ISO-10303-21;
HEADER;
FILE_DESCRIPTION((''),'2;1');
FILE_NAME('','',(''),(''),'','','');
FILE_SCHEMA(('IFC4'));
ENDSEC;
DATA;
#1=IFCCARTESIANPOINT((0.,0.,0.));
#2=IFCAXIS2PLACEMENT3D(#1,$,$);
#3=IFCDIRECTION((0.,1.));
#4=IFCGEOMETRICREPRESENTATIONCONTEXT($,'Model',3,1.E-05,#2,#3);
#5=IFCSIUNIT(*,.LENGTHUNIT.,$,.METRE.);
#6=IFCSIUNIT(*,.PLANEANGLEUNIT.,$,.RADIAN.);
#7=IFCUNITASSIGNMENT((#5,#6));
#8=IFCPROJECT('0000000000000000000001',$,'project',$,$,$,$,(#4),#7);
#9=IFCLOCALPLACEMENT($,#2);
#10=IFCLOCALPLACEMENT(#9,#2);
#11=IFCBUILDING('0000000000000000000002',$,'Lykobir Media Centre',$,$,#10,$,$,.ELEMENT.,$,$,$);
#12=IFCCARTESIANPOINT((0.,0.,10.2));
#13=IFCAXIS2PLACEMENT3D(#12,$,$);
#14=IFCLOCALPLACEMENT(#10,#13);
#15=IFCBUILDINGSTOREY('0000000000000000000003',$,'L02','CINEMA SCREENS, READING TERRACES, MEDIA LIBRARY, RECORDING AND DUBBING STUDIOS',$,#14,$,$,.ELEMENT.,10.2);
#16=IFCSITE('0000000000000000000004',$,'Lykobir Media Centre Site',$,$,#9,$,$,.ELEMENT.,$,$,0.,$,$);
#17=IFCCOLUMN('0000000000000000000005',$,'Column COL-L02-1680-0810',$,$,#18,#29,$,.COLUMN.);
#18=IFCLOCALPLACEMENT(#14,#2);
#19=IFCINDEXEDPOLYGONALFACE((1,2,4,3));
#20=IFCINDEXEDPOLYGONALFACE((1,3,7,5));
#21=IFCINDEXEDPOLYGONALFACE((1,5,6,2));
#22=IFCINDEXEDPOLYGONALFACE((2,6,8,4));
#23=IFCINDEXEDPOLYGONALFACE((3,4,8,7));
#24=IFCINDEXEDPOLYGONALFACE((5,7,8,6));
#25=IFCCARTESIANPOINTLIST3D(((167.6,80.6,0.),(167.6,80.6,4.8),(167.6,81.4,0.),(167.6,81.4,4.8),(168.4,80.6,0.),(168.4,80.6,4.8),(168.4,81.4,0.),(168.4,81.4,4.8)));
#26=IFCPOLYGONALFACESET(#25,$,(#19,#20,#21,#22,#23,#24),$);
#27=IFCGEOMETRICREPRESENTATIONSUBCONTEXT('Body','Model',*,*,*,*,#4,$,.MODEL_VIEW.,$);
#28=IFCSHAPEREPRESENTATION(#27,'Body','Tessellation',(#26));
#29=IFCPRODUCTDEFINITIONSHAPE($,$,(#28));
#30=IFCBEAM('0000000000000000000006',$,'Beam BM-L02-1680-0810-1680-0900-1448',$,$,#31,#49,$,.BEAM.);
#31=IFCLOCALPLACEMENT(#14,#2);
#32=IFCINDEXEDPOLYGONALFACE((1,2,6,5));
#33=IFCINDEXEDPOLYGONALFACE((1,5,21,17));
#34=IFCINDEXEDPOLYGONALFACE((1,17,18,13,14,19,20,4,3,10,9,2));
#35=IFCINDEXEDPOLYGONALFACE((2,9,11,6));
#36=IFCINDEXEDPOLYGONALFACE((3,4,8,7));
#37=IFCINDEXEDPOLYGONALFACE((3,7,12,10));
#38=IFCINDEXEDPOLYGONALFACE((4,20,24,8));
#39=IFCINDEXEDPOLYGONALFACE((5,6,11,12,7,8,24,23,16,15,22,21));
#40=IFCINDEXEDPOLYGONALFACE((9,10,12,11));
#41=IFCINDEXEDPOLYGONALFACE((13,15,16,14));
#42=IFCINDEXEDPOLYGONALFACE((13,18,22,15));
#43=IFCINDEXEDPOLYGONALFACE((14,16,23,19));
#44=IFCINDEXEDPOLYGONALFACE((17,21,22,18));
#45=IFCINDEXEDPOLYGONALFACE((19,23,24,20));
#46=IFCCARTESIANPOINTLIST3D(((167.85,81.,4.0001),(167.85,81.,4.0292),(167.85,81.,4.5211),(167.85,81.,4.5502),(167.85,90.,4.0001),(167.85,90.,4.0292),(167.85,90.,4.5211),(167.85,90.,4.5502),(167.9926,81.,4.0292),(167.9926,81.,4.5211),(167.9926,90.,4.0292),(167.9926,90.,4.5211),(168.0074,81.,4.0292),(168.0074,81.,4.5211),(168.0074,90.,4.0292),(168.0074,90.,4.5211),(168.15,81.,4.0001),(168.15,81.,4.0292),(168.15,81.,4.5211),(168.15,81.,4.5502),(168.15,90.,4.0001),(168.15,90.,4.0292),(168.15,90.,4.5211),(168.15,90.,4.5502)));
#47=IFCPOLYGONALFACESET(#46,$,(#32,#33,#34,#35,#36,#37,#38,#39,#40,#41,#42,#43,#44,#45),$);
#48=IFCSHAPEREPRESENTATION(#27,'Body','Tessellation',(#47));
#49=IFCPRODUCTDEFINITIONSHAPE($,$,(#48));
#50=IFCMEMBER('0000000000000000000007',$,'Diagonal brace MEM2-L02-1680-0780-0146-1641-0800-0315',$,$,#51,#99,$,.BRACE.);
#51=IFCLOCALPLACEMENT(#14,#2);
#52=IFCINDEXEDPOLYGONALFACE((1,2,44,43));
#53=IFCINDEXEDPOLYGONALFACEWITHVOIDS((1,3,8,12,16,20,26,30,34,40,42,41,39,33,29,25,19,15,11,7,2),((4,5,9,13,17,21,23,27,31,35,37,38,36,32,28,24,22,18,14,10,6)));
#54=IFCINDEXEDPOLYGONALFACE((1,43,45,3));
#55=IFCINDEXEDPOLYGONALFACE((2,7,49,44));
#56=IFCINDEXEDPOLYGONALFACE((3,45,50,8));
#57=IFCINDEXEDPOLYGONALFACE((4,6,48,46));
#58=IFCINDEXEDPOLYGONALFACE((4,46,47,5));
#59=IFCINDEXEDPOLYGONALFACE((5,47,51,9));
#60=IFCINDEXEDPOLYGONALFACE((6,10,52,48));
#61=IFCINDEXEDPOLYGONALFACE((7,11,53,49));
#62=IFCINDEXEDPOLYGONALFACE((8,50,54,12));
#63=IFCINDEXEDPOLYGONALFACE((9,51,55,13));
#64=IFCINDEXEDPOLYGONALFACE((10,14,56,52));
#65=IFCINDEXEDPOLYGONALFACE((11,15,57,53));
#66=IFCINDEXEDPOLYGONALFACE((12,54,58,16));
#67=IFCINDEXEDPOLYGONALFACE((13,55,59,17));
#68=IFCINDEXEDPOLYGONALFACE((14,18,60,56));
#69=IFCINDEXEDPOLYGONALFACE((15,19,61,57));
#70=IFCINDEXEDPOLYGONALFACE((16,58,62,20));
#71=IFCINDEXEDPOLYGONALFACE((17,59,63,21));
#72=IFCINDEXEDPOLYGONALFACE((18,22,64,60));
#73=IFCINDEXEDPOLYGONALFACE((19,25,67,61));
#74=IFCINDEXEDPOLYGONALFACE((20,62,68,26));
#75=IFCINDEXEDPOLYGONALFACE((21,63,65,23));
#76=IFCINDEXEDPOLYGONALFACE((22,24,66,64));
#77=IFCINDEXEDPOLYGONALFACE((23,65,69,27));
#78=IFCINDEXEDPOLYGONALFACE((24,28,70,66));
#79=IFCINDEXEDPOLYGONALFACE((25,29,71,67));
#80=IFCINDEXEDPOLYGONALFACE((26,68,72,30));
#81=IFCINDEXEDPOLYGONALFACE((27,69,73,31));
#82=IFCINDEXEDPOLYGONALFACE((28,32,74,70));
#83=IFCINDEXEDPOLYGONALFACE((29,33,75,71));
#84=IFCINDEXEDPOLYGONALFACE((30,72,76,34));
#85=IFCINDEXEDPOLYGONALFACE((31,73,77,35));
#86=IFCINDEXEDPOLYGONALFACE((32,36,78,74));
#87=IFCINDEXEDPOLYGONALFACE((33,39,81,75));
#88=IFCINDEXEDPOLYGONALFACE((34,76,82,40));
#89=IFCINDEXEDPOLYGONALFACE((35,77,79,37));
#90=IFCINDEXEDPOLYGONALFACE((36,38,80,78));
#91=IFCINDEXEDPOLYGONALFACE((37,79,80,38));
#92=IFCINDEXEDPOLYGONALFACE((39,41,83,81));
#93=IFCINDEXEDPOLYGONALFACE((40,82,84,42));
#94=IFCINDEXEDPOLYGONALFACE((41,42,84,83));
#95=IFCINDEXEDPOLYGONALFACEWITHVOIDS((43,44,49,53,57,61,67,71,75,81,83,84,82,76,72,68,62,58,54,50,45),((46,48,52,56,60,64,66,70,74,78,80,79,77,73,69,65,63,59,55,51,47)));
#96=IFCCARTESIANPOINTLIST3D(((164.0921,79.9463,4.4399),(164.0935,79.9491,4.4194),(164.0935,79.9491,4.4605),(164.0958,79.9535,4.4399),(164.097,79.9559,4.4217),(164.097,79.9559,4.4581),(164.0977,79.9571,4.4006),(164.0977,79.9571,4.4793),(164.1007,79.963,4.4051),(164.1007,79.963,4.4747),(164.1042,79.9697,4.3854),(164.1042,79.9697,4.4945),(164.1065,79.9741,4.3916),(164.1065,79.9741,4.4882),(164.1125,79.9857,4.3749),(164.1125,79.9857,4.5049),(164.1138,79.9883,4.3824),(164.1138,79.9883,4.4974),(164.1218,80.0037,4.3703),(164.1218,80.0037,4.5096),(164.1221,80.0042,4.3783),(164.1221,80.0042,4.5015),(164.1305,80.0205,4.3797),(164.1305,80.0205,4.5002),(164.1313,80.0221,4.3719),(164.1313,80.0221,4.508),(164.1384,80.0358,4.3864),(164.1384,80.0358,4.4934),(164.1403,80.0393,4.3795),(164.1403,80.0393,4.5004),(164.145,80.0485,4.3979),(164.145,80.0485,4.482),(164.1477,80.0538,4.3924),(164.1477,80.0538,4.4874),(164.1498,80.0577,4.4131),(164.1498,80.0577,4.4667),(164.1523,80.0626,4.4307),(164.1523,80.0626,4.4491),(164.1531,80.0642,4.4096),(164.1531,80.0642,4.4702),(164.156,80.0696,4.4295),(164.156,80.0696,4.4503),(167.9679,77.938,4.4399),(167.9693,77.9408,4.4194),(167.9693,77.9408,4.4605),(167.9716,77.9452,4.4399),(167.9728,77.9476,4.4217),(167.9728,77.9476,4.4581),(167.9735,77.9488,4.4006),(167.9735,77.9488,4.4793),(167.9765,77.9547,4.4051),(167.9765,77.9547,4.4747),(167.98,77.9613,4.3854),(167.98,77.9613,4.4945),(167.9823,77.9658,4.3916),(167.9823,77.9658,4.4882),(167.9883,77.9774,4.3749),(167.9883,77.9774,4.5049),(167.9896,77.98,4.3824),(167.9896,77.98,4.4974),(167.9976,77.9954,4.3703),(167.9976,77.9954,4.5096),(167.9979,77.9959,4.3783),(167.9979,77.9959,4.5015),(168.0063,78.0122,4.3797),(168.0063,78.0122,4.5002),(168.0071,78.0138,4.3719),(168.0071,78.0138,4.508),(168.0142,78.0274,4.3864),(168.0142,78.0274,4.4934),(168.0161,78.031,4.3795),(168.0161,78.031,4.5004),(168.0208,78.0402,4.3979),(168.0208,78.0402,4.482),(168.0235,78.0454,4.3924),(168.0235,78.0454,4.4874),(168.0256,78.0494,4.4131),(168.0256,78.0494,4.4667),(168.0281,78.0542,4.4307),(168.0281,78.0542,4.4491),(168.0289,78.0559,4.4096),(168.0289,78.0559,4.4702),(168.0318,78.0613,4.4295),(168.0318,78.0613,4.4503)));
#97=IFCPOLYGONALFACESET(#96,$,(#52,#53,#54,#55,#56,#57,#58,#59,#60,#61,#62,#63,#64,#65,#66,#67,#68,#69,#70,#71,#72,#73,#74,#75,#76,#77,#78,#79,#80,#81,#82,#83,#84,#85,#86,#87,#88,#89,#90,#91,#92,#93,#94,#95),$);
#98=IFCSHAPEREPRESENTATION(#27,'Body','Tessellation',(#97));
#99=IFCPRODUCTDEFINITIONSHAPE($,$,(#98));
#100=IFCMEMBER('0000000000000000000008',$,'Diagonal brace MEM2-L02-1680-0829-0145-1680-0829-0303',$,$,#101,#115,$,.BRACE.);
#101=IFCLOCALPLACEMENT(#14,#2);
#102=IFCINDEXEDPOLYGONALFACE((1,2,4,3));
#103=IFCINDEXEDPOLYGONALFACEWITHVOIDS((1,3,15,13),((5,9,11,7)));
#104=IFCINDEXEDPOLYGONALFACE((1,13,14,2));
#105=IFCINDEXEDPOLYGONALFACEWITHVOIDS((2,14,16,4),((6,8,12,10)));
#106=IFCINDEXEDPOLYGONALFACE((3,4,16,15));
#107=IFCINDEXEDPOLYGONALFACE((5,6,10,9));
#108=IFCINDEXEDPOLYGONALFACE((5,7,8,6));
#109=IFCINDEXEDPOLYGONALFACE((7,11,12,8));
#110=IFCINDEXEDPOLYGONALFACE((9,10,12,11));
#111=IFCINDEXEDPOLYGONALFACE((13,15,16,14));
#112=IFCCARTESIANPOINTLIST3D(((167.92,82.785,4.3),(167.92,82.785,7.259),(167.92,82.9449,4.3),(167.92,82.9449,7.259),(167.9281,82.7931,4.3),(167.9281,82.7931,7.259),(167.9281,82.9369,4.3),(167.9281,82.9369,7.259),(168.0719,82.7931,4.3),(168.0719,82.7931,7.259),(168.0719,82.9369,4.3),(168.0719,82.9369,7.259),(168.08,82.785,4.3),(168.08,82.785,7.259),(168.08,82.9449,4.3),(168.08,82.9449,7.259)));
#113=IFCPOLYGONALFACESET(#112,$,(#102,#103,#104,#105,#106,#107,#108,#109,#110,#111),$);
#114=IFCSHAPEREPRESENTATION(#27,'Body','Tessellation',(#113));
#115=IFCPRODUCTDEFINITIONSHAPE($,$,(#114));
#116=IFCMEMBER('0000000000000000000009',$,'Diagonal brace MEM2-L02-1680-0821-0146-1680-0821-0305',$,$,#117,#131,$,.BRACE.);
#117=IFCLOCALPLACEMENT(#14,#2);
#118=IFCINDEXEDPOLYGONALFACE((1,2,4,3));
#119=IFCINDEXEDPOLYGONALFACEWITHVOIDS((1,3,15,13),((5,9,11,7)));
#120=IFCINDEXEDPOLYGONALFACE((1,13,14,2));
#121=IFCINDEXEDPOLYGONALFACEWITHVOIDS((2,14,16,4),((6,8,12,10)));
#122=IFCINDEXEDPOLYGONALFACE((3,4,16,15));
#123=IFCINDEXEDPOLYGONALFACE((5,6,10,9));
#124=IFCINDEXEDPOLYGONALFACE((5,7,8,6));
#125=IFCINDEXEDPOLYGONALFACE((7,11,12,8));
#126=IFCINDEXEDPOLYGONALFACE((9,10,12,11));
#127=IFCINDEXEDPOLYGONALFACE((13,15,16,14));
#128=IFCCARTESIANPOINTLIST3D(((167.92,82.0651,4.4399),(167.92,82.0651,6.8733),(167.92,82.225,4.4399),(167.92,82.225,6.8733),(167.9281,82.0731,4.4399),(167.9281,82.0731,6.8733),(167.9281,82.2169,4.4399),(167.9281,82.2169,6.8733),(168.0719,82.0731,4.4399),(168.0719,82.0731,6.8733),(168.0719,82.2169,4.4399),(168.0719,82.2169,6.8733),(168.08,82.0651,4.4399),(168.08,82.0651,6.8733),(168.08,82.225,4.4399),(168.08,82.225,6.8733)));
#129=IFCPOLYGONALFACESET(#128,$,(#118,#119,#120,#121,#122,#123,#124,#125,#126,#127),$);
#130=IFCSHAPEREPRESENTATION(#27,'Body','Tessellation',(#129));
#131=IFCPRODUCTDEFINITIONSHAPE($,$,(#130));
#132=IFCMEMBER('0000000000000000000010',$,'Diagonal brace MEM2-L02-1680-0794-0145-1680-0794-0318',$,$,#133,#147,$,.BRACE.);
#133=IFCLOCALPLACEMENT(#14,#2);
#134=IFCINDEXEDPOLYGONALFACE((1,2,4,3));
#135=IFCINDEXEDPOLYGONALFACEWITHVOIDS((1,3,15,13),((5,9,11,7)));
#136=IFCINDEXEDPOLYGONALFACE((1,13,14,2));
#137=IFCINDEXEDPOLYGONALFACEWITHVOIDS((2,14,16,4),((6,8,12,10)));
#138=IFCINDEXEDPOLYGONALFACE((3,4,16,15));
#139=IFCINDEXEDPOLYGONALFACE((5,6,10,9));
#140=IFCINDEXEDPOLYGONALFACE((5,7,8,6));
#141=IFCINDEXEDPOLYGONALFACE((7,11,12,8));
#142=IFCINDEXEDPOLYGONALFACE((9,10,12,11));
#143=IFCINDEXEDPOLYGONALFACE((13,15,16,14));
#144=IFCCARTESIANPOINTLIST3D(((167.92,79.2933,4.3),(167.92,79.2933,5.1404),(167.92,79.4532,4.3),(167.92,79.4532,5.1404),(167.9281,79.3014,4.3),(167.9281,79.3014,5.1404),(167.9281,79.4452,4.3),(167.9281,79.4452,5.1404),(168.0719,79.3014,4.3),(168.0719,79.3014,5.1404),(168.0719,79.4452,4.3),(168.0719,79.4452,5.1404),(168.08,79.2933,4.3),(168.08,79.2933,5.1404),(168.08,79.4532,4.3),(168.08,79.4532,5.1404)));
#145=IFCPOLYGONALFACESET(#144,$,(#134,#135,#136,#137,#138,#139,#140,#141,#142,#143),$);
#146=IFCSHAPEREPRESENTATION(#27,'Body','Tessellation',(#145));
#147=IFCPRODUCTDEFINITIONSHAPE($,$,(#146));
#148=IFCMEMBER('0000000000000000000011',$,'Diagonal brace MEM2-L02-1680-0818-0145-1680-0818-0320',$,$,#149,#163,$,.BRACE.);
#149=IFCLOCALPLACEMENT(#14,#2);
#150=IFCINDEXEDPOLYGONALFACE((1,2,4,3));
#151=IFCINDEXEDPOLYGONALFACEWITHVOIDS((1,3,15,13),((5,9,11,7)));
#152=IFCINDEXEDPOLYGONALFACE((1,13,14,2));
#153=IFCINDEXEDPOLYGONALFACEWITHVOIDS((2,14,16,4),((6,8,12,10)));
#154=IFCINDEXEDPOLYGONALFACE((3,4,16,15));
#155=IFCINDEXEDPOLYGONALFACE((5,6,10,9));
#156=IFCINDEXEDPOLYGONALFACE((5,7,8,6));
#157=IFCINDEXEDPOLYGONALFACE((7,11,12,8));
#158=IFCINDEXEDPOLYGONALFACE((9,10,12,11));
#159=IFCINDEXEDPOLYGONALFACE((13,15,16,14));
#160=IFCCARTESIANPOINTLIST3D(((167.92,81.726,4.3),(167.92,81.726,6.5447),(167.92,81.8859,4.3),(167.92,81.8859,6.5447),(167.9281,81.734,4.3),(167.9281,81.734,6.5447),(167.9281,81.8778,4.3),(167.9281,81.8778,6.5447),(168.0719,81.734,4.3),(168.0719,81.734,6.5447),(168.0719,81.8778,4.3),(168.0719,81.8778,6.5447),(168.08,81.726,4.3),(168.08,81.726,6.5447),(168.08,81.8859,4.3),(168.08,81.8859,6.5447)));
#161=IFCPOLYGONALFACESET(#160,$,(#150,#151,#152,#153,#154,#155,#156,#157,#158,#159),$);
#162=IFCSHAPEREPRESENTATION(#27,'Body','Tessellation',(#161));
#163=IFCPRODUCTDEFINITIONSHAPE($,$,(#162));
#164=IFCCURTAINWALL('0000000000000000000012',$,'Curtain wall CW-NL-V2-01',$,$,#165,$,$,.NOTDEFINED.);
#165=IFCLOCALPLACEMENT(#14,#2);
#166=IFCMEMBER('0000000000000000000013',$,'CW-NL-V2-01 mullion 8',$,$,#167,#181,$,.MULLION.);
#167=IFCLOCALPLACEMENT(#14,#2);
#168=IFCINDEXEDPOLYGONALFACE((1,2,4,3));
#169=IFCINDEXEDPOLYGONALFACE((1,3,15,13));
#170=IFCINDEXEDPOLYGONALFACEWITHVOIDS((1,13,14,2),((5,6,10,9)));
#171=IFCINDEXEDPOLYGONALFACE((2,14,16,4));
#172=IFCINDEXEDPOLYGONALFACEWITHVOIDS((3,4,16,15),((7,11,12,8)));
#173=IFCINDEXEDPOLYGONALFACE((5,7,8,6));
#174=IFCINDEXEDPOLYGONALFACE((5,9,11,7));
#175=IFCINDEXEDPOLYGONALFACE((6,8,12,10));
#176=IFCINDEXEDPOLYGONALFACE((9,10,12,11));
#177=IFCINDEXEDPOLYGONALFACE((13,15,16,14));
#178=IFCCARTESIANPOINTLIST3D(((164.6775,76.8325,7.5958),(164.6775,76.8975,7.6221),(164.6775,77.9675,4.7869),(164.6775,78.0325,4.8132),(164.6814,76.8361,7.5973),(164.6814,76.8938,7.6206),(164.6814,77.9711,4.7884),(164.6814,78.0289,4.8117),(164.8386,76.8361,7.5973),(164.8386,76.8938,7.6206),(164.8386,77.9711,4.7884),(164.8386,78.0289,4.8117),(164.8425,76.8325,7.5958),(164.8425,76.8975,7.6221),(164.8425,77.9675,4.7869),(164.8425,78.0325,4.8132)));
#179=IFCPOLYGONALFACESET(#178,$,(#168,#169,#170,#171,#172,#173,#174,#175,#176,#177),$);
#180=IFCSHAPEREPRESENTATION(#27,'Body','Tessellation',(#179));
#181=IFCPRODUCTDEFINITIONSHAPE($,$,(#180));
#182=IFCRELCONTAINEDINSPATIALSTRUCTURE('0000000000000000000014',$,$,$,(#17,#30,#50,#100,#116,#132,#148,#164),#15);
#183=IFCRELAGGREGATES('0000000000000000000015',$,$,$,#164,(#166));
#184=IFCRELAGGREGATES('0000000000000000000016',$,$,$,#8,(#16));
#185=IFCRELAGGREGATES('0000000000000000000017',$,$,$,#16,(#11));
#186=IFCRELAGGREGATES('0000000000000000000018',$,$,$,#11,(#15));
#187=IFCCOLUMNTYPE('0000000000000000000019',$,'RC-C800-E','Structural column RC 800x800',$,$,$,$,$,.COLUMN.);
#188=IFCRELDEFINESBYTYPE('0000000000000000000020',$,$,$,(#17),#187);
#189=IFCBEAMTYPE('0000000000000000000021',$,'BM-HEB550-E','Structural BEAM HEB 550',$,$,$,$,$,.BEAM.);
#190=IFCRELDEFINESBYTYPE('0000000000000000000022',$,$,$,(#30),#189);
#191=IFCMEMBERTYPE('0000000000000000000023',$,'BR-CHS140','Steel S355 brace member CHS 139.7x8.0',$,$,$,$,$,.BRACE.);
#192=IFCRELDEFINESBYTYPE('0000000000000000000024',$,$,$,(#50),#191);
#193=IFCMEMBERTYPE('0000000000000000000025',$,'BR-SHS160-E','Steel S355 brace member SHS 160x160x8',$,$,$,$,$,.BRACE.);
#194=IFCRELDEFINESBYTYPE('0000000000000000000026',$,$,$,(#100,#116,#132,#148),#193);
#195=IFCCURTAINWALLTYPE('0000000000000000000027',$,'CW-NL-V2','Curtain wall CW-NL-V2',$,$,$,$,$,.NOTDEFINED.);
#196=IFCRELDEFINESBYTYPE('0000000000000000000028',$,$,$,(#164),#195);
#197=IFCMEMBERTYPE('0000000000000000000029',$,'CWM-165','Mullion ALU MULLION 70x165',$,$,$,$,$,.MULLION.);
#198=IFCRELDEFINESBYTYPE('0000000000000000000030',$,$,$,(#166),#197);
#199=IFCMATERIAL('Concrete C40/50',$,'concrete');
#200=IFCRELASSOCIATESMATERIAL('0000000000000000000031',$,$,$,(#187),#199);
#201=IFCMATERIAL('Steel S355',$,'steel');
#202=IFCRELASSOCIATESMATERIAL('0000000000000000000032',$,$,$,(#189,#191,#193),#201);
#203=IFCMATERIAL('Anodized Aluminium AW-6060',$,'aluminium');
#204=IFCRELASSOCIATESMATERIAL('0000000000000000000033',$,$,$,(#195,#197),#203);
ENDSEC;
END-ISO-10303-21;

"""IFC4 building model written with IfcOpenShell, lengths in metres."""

from ifc_helpers import new_model, si_unit, direction, frame, origin, origin_2d, place, context, subcontext, project, spatial, rectangle, hollow_rectangle, hollow_circle, i_section, extrude, material, material_profile, profile_set, type_object, element, aggregate, save


model = new_model("IFC4")

# Units and contexts
model_context = context("Model", 3, precision=1e-05, world=origin(), true_north=direction((0.0, 1.0)))
body_context = subcontext(model_context, "Body", "Model", "MODEL_VIEW")
ifc_project = project(units=[si_unit("LENGTHUNIT", "METRE"), si_unit("PLANEANGLEUNIT", "RADIAN")], contexts=[model_context])

# Site, building, storey
site_placement = place(None, origin())
site = spatial("IfcSite", under=ifc_project, at=site_placement, Name="Lykobir Media Centre Site", CompositionType="ELEMENT", RefElevation=0.0)
building_placement = place(site_placement, origin())
building = spatial("IfcBuilding", under=site, at=building_placement, Name="Lykobir Media Centre", CompositionType="ELEMENT")
storey_placement = place(building_placement, frame((0.0, 0.0, 10.2)))
storey = spatial("IfcBuildingStorey", under=building, at=storey_placement, Name="L02", Description="CINEMA SCREENS, READING TERRACES, MEDIA LIBRARY, RECORDING AND DUBBING STUDIOS", CompositionType="ELEMENT", Elevation=10.2)

# Column
ifc_material_1 = material(Name="Concrete C40/50", Category="concrete")
ifc_material_profile_1 = material_profile(ifc_material_1, rectangle(XDim=0.8, YDim=0.8, at=origin_2d()), Name="RC 800x800")
ifc_profile_set_1 = profile_set([ifc_material_profile_1], Name="Concrete C40/50")
column_type = type_object("IfcColumnType", Name="RC-C800-E", Description="Structural column RC 800x800", PredefinedType="COLUMN", material=ifc_profile_set_1)
column_placement = place(storey_placement, frame((168.0, 81.0, 0.0), z_axis=(0.0, 0.0, 1.0), x_axis=(1.0, 0.0, 0.0)))
element("IfcColumn", 1, at=column_placement, inside=storey, type_object=column_type, Name="Column COL-L02-1680-0810", PredefinedType="COLUMN", context=body_context, shape_type="SweptSolid", body=[
    extrude(rectangle(XDim=0.8, YDim=0.8, at=origin_2d()), origin(), (0.0, 0.0, 1.0), 4.8),
])

# Beam
ifc_material_2 = material(Name="Steel S355", Category="steel")
ifc_material_profile_2 = material_profile(ifc_material_2, i_section(OverallWidth=0.3, OverallDepth=0.55, WebThickness=0.0149, FlangeThickness=0.0291, at=origin_2d()), Name="HEB 550")
ifc_profile_set_2 = profile_set([ifc_material_profile_2], Name="Steel S355")
beam_type = type_object("IfcBeamType", Name="BM-HEB550-E", Description="Structural BEAM HEB 550", PredefinedType="BEAM", material=ifc_profile_set_2)
beam_placement = place(storey_placement, frame((168.0, 81.0, 4.2751), z_axis=(0.0, 1.0, 0.0), x_axis=(-1.0, 0.0, 0.0)))
element("IfcBeam", 2, at=beam_placement, inside=storey, type_object=beam_type, Name="Beam BM-L02-1680-0810-1680-0900-1448", PredefinedType="BEAM", context=body_context, shape_type="SweptSolid", body=[
    extrude(i_section(OverallWidth=0.3, OverallDepth=0.55, WebThickness=0.0149, FlangeThickness=0.0291, at=origin_2d()), origin(), (0.0, 0.0, 1.0), 9.0),
])

# Members
ifc_material_profile_3 = material_profile(ifc_material_2, hollow_circle(Radius=0.0698, WallThickness=0.0081, at=origin_2d()), Name="CHS 139.7x8.0")
ifc_profile_set_3 = profile_set([ifc_material_profile_3], Name="Steel S355")
member_type_1 = type_object("IfcMemberType", Name="BR-CHS140", Description="Steel S355 brace member CHS 139.7x8.0", PredefinedType="BRACE", material=ifc_profile_set_3)
member_1_placement = place(storey_placement, frame((168.0, 78.0, 4.4399), z_axis=(-0.88788, 0.460076, 0.0), x_axis=(-0.460076, -0.88788, 0.0)))
element("IfcMember", 3, at=member_1_placement, inside=storey, type_object=member_type_1, Name="Diagonal brace MEM2-L02-1680-0780-0146-1641-0800-0315", PredefinedType="BRACE", context=body_context, shape_type="SweptSolid", body=[
    extrude(hollow_circle(Radius=0.0698, WallThickness=0.0081, at=origin_2d()), origin(), (0.0, 0.0, 1.0), 4.3652),
])
ifc_material_profile_4 = material_profile(ifc_material_2, hollow_rectangle(XDim=0.1599, YDim=0.1599, WallThickness=0.0081, at=origin_2d()), Name="SHS 160x160x8")
ifc_profile_set_4 = profile_set([ifc_material_profile_4], Name="Steel S355")
member_type_2 = type_object("IfcMemberType", Name="BR-SHS160-E", Description="Steel S355 brace member SHS 160x160x8", PredefinedType="BRACE", material=ifc_profile_set_4)
member_2_placement = place(storey_placement, frame((168.0, 82.865, 4.3), z_axis=(0.0, 0.0, 1.0), x_axis=(1.0, 0.0, 0.0)))
element("IfcMember", 4, at=member_2_placement, inside=storey, type_object=member_type_2, Name="Diagonal brace MEM2-L02-1680-0829-0145-1680-0829-0303", PredefinedType="BRACE", context=body_context, shape_type="SweptSolid", body=[
    extrude(hollow_rectangle(XDim=0.1599, YDim=0.1599, WallThickness=0.0081, at=origin_2d()), origin(), (0.0, 0.0, 1.0), 2.959),
])
member_3_placement = place(storey_placement, frame((168.0, 82.145, 4.4399), z_axis=(0.0, 0.0, 1.0), x_axis=(1.0, 0.0, 0.0)))
element("IfcMember", 5, at=member_3_placement, inside=storey, type_object=member_type_2, Name="Diagonal brace MEM2-L02-1680-0821-0146-1680-0821-0305", PredefinedType="BRACE", context=body_context, shape_type="SweptSolid", body=[
    extrude(hollow_rectangle(XDim=0.1599, YDim=0.1599, WallThickness=0.0081, at=origin_2d()), origin(), (0.0, 0.0, 1.0), 2.4333),
])
member_4_placement = place(storey_placement, frame((168.0, 79.3733, 4.3), z_axis=(0.0, 0.0, 1.0), x_axis=(1.0, 0.0, 0.0)))
element("IfcMember", 6, at=member_4_placement, inside=storey, type_object=member_type_2, Name="Diagonal brace MEM2-L02-1680-0794-0145-1680-0794-0318", PredefinedType="BRACE", context=body_context, shape_type="SweptSolid", body=[
    extrude(hollow_rectangle(XDim=0.1599, YDim=0.1599, WallThickness=0.0081, at=origin_2d()), origin(), (0.0, 0.0, 1.0), 0.8403),
])
member_5_placement = place(storey_placement, frame((168.0, 81.8059, 4.3), z_axis=(0.0, 0.0, 1.0), x_axis=(1.0, 0.0, 0.0)))
element("IfcMember", 7, at=member_5_placement, inside=storey, type_object=member_type_2, Name="Diagonal brace MEM2-L02-1680-0818-0145-1680-0818-0320", PredefinedType="BRACE", context=body_context, shape_type="SweptSolid", body=[
    extrude(hollow_rectangle(XDim=0.1599, YDim=0.1599, WallThickness=0.0081, at=origin_2d()), origin(), (0.0, 0.0, 1.0), 2.2446),
])

# Curtain wall, member
ifc_material_3 = material(Name="Anodized Aluminium AW-6060", Category="aluminium")
curtain_wall_type = type_object("IfcCurtainWallType", Name="CW-NL-V2", Description="Curtain wall CW-NL-V2", PredefinedType="NOTDEFINED", material=ifc_material_3)
curtain_wall_placement = place(storey_placement, origin())
curtain_wall = element("IfcCurtainWall", 8, at=curtain_wall_placement, inside=storey, type_object=curtain_wall_type, Name="Curtain wall CW-NL-V2-01", PredefinedType="NOTDEFINED")
ifc_material_profile_5 = material_profile(ifc_material_3, hollow_rectangle(XDim=0.0701, YDim=0.165, WallThickness=0.0039, at=origin_2d()), Name="ALU MULLION 70x165")
ifc_profile_set_5 = profile_set([ifc_material_profile_5], Name="Anodized Aluminium AW-6060")
member_type_3 = type_object("IfcMemberType", Name="CWM-165", Description="Mullion ALU MULLION 70x165", PredefinedType="MULLION", material=ifc_profile_set_5)
member_6_placement = place(storey_placement, frame((164.76, 78.0, 4.8), z_axis=(0.0, -0.374654, 0.927165), x_axis=(0.0, 0.927165, 0.374654)))
member_6 = element("IfcMember", 9, at=member_6_placement, type_object=member_type_3, Name="CW-NL-V2-01 mullion 8", PredefinedType="MULLION", context=body_context, shape_type="SweptSolid", body=[
    extrude(hollow_rectangle(XDim=0.0701, YDim=0.165, WallThickness=0.0039, at=origin_2d()), origin(), (0.0, 0.0, 1.0), 3.0295),
])
aggregate(curtain_wall, [member_6])

save(model, "model.ifc")
